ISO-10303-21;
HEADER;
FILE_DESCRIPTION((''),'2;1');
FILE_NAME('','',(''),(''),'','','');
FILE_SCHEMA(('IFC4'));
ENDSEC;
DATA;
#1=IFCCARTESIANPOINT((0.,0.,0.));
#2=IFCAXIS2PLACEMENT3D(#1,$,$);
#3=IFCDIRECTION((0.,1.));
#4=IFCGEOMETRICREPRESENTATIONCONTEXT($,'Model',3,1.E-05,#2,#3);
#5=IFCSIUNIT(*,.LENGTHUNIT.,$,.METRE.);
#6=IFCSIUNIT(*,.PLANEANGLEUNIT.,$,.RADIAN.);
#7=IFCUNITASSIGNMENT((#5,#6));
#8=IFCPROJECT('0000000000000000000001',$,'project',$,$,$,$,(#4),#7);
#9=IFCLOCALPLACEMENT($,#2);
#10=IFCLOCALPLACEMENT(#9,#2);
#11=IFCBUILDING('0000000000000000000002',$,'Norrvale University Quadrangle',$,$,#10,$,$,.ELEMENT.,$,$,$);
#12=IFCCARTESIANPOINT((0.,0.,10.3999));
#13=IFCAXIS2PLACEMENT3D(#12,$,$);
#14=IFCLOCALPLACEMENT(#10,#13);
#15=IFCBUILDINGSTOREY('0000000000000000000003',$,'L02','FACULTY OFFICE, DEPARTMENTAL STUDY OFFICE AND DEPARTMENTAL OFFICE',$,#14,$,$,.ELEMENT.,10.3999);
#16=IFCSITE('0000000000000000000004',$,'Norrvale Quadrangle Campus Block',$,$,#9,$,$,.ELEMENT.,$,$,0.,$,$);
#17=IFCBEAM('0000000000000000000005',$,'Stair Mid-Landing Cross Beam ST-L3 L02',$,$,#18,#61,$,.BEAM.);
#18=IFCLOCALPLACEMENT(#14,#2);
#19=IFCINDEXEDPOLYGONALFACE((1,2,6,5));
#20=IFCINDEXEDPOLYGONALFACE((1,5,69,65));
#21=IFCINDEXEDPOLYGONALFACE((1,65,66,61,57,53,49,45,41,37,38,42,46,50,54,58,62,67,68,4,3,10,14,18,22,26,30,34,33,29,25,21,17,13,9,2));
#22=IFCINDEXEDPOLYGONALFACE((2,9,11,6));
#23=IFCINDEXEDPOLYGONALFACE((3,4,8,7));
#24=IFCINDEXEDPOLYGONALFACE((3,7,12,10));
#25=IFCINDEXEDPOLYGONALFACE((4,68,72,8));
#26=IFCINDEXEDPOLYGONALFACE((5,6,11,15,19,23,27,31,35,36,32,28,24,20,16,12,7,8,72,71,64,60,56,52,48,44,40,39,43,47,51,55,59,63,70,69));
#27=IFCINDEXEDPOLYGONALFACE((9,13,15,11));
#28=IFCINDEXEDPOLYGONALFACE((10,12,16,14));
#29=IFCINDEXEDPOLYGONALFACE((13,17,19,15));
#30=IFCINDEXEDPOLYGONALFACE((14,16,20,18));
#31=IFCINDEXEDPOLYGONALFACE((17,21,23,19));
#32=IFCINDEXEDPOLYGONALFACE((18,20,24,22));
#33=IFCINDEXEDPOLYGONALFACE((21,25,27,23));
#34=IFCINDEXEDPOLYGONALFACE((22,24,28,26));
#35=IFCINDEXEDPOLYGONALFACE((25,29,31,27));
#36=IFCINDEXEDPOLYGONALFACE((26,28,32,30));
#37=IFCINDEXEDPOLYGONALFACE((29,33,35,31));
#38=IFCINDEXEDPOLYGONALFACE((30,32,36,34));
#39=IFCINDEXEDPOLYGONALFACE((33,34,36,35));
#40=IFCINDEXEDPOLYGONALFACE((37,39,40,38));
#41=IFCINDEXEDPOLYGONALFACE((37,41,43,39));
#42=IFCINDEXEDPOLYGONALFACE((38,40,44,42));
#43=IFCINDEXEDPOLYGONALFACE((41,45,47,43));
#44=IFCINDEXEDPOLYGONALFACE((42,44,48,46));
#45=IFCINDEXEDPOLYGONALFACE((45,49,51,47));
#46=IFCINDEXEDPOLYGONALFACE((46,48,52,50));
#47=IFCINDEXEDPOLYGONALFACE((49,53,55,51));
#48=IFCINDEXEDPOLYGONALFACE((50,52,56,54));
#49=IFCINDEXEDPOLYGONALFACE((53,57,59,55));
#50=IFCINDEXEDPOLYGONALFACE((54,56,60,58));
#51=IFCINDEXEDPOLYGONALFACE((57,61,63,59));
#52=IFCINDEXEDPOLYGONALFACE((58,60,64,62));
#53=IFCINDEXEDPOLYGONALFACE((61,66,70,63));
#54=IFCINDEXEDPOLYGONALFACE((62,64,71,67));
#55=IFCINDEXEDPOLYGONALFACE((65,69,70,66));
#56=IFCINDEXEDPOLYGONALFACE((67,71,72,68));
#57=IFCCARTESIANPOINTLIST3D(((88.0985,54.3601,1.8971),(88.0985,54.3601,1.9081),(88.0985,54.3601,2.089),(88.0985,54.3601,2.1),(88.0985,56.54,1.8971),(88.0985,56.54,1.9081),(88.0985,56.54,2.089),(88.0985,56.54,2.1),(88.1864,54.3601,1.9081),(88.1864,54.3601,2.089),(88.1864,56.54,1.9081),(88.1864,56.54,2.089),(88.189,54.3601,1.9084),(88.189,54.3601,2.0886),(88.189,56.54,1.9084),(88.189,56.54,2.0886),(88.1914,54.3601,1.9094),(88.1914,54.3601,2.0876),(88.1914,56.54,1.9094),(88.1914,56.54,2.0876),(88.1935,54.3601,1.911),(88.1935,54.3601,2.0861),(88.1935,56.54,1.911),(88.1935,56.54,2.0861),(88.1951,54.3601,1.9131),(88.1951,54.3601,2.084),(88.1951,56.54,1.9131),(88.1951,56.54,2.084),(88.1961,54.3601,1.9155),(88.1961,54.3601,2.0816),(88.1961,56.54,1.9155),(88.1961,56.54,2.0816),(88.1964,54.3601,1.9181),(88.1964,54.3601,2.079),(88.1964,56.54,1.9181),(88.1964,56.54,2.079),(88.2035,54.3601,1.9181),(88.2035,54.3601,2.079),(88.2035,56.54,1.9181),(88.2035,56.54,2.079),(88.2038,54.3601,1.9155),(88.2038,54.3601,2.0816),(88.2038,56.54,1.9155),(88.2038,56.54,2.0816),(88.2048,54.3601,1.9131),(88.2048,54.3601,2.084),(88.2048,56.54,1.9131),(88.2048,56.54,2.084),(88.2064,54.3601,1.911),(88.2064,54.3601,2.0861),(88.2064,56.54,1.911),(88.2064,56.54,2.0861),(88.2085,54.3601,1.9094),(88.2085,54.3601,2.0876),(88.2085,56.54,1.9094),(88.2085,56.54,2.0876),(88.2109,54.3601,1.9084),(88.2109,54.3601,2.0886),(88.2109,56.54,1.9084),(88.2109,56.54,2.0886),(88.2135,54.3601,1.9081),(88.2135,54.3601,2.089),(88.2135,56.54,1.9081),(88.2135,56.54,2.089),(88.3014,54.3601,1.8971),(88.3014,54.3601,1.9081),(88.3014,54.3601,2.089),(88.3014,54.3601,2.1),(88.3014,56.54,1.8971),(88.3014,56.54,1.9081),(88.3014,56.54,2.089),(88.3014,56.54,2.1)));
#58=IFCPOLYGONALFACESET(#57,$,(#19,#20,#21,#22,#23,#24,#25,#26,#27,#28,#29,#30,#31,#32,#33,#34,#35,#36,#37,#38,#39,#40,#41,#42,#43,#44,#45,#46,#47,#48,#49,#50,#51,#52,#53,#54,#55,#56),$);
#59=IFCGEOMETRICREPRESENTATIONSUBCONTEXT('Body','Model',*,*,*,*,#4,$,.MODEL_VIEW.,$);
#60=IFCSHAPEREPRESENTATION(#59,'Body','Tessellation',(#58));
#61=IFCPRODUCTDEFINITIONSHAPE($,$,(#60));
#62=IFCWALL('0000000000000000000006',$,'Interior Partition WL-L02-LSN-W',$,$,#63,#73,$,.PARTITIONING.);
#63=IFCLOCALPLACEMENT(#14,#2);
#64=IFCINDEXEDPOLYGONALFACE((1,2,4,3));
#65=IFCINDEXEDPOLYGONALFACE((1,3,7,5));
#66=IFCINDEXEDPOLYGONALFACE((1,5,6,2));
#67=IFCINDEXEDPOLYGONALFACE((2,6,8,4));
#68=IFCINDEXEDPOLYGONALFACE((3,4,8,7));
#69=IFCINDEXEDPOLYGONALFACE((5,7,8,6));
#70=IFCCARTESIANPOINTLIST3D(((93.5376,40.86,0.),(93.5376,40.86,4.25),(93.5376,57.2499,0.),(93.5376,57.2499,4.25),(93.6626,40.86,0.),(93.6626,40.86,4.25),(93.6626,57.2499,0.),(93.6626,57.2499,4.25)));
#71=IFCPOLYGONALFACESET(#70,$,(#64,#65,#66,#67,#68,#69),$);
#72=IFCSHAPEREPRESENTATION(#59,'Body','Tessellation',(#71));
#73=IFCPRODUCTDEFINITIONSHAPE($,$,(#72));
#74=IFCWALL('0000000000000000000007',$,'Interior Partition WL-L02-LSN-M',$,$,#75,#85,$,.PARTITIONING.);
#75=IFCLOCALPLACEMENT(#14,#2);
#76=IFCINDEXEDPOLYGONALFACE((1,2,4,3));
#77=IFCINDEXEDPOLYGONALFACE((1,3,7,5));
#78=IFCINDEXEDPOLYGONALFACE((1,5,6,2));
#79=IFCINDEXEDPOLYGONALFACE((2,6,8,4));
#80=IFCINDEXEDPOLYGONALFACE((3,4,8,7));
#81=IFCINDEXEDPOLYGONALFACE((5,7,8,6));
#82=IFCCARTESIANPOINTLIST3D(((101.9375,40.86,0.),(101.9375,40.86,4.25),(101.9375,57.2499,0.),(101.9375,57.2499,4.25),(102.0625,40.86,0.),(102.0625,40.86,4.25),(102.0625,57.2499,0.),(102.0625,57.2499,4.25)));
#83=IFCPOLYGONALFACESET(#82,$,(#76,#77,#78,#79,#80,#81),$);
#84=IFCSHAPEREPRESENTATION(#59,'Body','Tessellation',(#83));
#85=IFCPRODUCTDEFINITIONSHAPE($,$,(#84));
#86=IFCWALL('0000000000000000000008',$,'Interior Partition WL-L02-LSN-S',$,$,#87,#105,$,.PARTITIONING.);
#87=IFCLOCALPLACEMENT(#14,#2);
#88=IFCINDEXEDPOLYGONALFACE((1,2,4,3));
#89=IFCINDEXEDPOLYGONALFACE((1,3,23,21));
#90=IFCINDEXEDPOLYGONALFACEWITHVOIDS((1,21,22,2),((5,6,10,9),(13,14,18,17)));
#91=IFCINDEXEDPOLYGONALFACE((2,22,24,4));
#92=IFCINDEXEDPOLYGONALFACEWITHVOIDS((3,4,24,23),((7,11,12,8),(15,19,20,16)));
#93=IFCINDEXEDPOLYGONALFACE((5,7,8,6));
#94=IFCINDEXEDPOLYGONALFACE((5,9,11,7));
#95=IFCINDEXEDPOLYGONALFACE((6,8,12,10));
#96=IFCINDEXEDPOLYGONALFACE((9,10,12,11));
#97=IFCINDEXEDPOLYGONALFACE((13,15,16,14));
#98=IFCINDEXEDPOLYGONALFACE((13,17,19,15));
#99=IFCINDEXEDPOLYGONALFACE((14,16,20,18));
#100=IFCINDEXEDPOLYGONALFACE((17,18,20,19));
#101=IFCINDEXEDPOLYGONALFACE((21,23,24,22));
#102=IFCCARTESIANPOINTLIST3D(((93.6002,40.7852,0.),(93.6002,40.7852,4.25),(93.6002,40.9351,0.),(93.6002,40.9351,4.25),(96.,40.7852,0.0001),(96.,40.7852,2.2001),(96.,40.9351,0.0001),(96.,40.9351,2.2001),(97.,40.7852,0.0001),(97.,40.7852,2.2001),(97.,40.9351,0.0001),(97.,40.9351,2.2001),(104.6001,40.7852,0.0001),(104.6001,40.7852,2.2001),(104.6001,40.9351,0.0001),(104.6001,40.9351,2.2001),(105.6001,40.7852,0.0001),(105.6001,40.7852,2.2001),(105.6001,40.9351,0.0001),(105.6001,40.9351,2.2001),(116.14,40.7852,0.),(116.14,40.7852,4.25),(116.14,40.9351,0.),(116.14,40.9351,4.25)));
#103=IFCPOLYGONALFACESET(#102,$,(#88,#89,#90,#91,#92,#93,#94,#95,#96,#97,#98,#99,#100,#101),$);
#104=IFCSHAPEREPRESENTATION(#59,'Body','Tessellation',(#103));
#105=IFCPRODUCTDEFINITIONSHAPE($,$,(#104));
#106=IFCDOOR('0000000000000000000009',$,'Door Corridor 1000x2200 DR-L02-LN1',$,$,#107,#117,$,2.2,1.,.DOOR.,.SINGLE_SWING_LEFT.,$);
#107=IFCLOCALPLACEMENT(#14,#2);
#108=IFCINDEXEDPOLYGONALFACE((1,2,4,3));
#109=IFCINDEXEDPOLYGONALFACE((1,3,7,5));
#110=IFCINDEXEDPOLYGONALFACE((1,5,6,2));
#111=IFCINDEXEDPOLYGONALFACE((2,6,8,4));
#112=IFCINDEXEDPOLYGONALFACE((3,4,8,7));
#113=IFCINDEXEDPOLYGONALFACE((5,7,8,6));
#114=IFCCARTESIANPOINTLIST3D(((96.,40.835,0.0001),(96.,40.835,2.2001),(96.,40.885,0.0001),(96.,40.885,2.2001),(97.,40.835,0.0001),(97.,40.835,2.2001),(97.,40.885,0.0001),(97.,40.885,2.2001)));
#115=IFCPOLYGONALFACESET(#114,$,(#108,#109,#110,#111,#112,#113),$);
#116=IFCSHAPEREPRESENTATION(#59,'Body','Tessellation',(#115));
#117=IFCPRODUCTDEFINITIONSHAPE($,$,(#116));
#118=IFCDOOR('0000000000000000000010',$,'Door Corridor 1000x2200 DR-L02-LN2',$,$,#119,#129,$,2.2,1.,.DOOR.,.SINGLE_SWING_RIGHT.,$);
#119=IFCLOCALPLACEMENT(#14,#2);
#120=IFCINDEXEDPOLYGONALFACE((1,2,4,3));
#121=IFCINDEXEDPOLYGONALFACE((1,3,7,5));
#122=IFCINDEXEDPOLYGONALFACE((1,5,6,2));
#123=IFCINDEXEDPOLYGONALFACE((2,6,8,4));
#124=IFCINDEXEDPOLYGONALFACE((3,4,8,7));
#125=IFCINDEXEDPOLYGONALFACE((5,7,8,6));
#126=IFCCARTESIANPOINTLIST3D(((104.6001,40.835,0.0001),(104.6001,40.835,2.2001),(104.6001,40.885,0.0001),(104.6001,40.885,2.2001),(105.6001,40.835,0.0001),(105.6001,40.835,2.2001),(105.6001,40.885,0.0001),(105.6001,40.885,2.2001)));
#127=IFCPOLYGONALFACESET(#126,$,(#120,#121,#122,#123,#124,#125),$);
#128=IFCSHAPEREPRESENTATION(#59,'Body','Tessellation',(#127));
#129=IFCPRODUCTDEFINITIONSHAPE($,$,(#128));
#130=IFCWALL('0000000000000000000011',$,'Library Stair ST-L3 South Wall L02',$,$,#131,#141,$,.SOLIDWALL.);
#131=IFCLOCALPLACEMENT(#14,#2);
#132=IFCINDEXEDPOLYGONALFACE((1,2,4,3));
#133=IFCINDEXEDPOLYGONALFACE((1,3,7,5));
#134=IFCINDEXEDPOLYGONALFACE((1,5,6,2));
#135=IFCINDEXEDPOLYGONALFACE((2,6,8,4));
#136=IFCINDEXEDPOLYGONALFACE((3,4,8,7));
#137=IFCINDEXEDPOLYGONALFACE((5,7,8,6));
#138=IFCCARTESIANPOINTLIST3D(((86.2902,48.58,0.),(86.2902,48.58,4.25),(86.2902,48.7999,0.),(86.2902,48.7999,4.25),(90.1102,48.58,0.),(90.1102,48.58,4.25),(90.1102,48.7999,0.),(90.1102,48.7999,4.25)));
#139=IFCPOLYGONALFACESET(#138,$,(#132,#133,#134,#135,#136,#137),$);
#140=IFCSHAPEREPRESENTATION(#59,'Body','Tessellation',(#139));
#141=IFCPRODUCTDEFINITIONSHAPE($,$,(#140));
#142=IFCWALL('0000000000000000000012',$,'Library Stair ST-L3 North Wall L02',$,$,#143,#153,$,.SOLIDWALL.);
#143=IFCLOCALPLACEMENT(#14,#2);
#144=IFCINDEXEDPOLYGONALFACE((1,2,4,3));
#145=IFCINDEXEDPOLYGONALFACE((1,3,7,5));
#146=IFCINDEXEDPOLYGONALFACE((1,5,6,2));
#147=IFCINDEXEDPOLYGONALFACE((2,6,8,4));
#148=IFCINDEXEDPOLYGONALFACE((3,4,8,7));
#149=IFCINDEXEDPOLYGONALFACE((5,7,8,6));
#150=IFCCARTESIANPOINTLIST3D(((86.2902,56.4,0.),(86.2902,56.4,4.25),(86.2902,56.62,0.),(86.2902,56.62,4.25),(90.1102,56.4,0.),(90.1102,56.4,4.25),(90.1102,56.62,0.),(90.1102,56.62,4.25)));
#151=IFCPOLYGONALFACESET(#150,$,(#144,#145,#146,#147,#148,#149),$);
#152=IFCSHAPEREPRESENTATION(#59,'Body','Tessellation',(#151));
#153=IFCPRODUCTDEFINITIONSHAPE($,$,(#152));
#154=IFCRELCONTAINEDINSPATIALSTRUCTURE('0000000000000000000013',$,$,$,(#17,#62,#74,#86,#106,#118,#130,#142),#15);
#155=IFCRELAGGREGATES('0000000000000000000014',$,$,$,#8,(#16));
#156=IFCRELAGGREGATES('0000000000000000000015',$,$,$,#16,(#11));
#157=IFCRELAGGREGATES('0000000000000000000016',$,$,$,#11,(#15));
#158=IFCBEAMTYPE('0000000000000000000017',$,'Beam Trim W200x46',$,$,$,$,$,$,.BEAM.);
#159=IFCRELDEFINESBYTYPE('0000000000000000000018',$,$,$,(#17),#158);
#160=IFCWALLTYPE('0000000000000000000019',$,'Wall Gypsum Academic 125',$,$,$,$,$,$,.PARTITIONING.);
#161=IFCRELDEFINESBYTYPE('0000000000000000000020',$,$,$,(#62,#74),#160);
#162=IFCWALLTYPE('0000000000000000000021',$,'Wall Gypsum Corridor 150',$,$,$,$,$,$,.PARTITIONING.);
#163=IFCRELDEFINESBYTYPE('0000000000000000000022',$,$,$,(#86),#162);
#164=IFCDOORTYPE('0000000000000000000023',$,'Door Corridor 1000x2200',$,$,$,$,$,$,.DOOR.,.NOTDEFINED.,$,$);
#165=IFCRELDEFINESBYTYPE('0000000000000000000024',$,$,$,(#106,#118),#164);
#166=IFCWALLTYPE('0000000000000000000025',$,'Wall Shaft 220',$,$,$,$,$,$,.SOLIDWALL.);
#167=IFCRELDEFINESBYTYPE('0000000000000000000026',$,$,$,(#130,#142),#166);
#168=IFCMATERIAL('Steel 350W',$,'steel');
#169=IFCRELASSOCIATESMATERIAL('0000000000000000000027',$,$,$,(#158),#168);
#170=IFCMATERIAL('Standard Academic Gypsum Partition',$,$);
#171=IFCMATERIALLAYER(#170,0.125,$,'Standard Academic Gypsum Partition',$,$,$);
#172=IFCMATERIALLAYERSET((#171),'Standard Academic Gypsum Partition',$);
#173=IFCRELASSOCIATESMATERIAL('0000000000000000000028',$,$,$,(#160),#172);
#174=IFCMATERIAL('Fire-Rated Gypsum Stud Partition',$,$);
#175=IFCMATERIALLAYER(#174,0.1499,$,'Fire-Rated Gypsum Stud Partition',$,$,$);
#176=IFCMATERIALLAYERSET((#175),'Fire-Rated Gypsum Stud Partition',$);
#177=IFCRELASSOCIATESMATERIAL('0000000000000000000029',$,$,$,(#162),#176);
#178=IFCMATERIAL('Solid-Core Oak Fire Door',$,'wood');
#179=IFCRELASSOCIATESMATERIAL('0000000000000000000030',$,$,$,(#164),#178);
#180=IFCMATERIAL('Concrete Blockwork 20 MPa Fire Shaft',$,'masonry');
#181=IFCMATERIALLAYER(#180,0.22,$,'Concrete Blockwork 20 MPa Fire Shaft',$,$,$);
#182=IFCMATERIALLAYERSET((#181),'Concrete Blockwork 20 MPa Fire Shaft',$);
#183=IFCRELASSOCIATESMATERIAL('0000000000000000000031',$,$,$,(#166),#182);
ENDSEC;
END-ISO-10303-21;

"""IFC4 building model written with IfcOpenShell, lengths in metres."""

from ifc_helpers import new_model, si_unit, direction, frame, frame_2d, origin, origin_2d, place, context, subcontext, project, spatial, rectangle, i_section, extrude, material, layer, layer_set, material_profile, profile_set, type_object, element, fill, save


model = new_model("IFC4")

# Units and contexts
model_context = context("Model", 3, precision=1e-05, world=origin(), true_north=direction((0.0, 1.0)))
body_context = subcontext(model_context, "Body", "Model", "MODEL_VIEW")
ifc_project = project(units=[si_unit("LENGTHUNIT", "METRE"), si_unit("PLANEANGLEUNIT", "RADIAN")], contexts=[model_context])

# Site, building, storey
site_placement = place(None, origin())
site = spatial("IfcSite", under=ifc_project, at=site_placement, Name="Norrvale Quadrangle Campus Block", CompositionType="ELEMENT", RefElevation=0.0)
building_placement = place(site_placement, origin())
building = spatial("IfcBuilding", under=site, at=building_placement, Name="Norrvale University Quadrangle", CompositionType="ELEMENT")
storey_placement = place(building_placement, frame((0.0, 0.0, 10.3999)))
storey = spatial("IfcBuildingStorey", under=building, at=storey_placement, Name="L02", Description="FACULTY OFFICE, DEPARTMENTAL STUDY OFFICE AND DEPARTMENTAL OFFICE", CompositionType="ELEMENT", Elevation=10.3999)

# Beam
ifc_material_1 = material(Name="Steel 350W", Category="steel")
ifc_material_profile_1 = material_profile(ifc_material_1, i_section(OverallWidth=0.2029, OverallDepth=0.2029, WebThickness=0.0071, FlangeThickness=0.011, FilletRadius=0.01, at=origin_2d()), Name="Steel 350W")
ifc_profile_set_1 = profile_set([ifc_material_profile_1], Name="Steel 350W")
beam_type_1 = type_object("IfcBeamType", Name="Beam Trim W200x46", PredefinedType="BEAM", material=ifc_profile_set_1)
beam_1_placement = place(storey_placement, frame((88.2, 54.3601, 1.9985), z_axis=(0.0, 1.0, 0.0), x_axis=(-1.0, 0.0, 0.0)))
element("IfcBeam", 1, at=beam_1_placement, inside=storey, type_object=beam_type_1, Name="Stair Mid-Landing Cross Beam ST-L3 L02", PredefinedType="BEAM", context=body_context, shape_type="SweptSolid", body=[
    extrude(i_section(OverallWidth=0.2029, OverallDepth=0.2029, WebThickness=0.0071, FlangeThickness=0.011, FilletRadius=0.01, at=origin_2d()), origin(), (0.0, 0.0, 1.0), 2.1799),
])

# Walls
ifc_material_2 = material(Name="Standard Academic Gypsum Partition")
ifc_layer_1 = layer(ifc_material_2, 0.125, Name="Standard Academic Gypsum Partition")
ifc_layer_set_1 = layer_set([ifc_layer_1], Name="Standard Academic Gypsum Partition")
wall_type_1 = type_object("IfcWallType", Name="Wall Gypsum Academic 125", PredefinedType="PARTITIONING", material=ifc_layer_set_1)
for number, where, z_axis, x_axis, name in (
    (2, (93.6001, 40.8601, 0.0), (0.0, 0.0, 1.0), (0.0, 1.0, 0.0), "Interior Partition WL-L02-LSN-W"),
    (3, (102.0, 40.8601, 0.0), (0.0, 0.0, 1.0), (0.0, 1.0, 0.0), "Interior Partition WL-L02-LSN-M"),
):
    element("IfcWall", number, at=place(storey_placement, frame(where, z_axis=z_axis, x_axis=x_axis)), inside=storey, type_object=wall_type_1, Name=name, PredefinedType="PARTITIONING", context=body_context, shape_type="SweptSolid", body=[
        extrude(rectangle(XDim=16.3899, YDim=0.125, at=frame_2d((8.1948, 0.0))), origin(), (0.0, 0.0, 1.0), 4.25),
    ])

# Wall, openings, doors
ifc_material_3 = material(Name="Fire-Rated Gypsum Stud Partition")
ifc_layer_2 = layer(ifc_material_3, 0.1499, Name="Fire-Rated Gypsum Stud Partition")
ifc_layer_set_2 = layer_set([ifc_layer_2], Name="Fire-Rated Gypsum Stud Partition")
wall_type_2 = type_object("IfcWallType", Name="Wall Gypsum Corridor 150", PredefinedType="PARTITIONING", material=ifc_layer_set_2)
wall_1_placement = place(storey_placement, frame((93.6001, 40.8601, 0.0), z_axis=(0.0, 0.0, 1.0), x_axis=(1.0, 0.0, 0.0)))
wall_1 = element("IfcWall", 4, at=wall_1_placement, inside=storey, type_object=wall_type_2, Name="Interior Partition WL-L02-LSN-S", PredefinedType="PARTITIONING", context=body_context, shape_type="SweptSolid", body=[
    extrude(rectangle(XDim=22.5398, YDim=0.1499, at=frame_2d((11.27, 0.0))), origin(), (0.0, 0.0, 1.0), 4.25),
])
opening_1_placement = place(wall_1_placement, frame((2.3999, 0.0, 0.0)))
opening_1 = element("IfcOpeningElement", 5, at=opening_1_placement, cuts=wall_1, PredefinedType="OPENING", context=body_context, shape_type="SweptSolid", body=[
    extrude(rectangle(XDim=1.0, YDim=2.2, at=frame_2d((0.5, 1.1001))), frame((0.0, 0.0869, 0.0), z_axis=(0.0, -1.0, 0.0), x_axis=(1.0, 0.0, 0.0)), (0.0, 0.0, 1.0), 0.1738),
])
opening_2_placement = place(wall_1_placement, frame((11.0, 0.0, 0.0)))
opening_2 = element("IfcOpeningElement", 6, at=opening_2_placement, cuts=wall_1, PredefinedType="OPENING", context=body_context, shape_type="SweptSolid", body=[
    extrude(rectangle(XDim=1.0, YDim=2.2, at=frame_2d((0.5, 1.1001))), frame((0.0, 0.0869, 0.0), z_axis=(0.0, -1.0, 0.0), x_axis=(1.0, 0.0, 0.0)), (0.0, 0.0, 1.0), 0.1738),
])
ifc_material_4 = material(Name="Solid-Core Oak Fire Door", Category="wood")
door_type_1 = type_object("IfcDoorType", Name="Door Corridor 1000x2200", OperationType="NOTDEFINED", PredefinedType="DOOR", material=ifc_material_4)
door_1_placement = place(opening_1_placement, origin())
door_1 = element("IfcDoor", 7, at=door_1_placement, inside=storey, type_object=door_type_1, Name="Door Corridor 1000x2200 DR-L02-LN1", OperationType="SINGLE_SWING_LEFT", OverallHeight=2.2, OverallWidth=1.0, PredefinedType="DOOR", context=body_context, shape_type="SweptSolid", body=[
    extrude(rectangle(XDim=1.0, YDim=2.2, at=frame_2d((0.5, 1.1001))), frame((0.0, 0.0249, 0.0), z_axis=(0.0, -1.0, 0.0), x_axis=(1.0, 0.0, 0.0)), (0.0, 0.0, 1.0), 0.05),
])
fill(opening_1, door_1)
door_2_placement = place(opening_2_placement, origin())
door_2 = element("IfcDoor", 8, at=door_2_placement, inside=storey, type_object=door_type_1, Name="Door Corridor 1000x2200 DR-L02-LN2", OperationType="SINGLE_SWING_RIGHT", OverallHeight=2.2, OverallWidth=1.0, PredefinedType="DOOR", context=body_context, shape_type="SweptSolid", body=[
    extrude(rectangle(XDim=1.0, YDim=2.2, at=frame_2d((0.5, 1.1001))), frame((0.0, 0.0249, 0.0), z_axis=(0.0, -1.0, 0.0), x_axis=(1.0, 0.0, 0.0)), (0.0, 0.0, 1.0), 0.05),
])
fill(opening_2, door_2)

# Walls
ifc_material_5 = material(Name="Concrete Blockwork 20 MPa Fire Shaft", Category="masonry")
ifc_layer_3 = layer(ifc_material_5, 0.22, Name="Concrete Blockwork 20 MPa Fire Shaft")
ifc_layer_set_3 = layer_set([ifc_layer_3], Name="Concrete Blockwork 20 MPa Fire Shaft")
wall_type_3 = type_object("IfcWallType", Name="Wall Shaft 220", PredefinedType="SOLIDWALL", material=ifc_layer_set_3)
for number, where, z_axis, x_axis, name in (
    (9, (86.29, 48.6899, 0.0), (0.0, 0.0, 1.0), (1.0, 0.0, 0.0), "Library Stair ST-L3 South Wall L02"),
    (10, (86.29, 56.51, 0.0), (0.0, 0.0, 1.0), (1.0, 0.0, 0.0), "Library Stair ST-L3 North Wall L02"),
):
    element("IfcWall", number, at=place(storey_placement, frame(where, z_axis=z_axis, x_axis=x_axis)), inside=storey, type_object=wall_type_3, Name=name, PredefinedType="SOLIDWALL", context=body_context, shape_type="SweptSolid", body=[
        extrude(rectangle(XDim=3.8201, YDim=0.22, at=frame_2d((1.9102, 0.0))), origin(), (0.0, 0.0, 1.0), 4.25),
    ])

save(model, "model.ifc")
